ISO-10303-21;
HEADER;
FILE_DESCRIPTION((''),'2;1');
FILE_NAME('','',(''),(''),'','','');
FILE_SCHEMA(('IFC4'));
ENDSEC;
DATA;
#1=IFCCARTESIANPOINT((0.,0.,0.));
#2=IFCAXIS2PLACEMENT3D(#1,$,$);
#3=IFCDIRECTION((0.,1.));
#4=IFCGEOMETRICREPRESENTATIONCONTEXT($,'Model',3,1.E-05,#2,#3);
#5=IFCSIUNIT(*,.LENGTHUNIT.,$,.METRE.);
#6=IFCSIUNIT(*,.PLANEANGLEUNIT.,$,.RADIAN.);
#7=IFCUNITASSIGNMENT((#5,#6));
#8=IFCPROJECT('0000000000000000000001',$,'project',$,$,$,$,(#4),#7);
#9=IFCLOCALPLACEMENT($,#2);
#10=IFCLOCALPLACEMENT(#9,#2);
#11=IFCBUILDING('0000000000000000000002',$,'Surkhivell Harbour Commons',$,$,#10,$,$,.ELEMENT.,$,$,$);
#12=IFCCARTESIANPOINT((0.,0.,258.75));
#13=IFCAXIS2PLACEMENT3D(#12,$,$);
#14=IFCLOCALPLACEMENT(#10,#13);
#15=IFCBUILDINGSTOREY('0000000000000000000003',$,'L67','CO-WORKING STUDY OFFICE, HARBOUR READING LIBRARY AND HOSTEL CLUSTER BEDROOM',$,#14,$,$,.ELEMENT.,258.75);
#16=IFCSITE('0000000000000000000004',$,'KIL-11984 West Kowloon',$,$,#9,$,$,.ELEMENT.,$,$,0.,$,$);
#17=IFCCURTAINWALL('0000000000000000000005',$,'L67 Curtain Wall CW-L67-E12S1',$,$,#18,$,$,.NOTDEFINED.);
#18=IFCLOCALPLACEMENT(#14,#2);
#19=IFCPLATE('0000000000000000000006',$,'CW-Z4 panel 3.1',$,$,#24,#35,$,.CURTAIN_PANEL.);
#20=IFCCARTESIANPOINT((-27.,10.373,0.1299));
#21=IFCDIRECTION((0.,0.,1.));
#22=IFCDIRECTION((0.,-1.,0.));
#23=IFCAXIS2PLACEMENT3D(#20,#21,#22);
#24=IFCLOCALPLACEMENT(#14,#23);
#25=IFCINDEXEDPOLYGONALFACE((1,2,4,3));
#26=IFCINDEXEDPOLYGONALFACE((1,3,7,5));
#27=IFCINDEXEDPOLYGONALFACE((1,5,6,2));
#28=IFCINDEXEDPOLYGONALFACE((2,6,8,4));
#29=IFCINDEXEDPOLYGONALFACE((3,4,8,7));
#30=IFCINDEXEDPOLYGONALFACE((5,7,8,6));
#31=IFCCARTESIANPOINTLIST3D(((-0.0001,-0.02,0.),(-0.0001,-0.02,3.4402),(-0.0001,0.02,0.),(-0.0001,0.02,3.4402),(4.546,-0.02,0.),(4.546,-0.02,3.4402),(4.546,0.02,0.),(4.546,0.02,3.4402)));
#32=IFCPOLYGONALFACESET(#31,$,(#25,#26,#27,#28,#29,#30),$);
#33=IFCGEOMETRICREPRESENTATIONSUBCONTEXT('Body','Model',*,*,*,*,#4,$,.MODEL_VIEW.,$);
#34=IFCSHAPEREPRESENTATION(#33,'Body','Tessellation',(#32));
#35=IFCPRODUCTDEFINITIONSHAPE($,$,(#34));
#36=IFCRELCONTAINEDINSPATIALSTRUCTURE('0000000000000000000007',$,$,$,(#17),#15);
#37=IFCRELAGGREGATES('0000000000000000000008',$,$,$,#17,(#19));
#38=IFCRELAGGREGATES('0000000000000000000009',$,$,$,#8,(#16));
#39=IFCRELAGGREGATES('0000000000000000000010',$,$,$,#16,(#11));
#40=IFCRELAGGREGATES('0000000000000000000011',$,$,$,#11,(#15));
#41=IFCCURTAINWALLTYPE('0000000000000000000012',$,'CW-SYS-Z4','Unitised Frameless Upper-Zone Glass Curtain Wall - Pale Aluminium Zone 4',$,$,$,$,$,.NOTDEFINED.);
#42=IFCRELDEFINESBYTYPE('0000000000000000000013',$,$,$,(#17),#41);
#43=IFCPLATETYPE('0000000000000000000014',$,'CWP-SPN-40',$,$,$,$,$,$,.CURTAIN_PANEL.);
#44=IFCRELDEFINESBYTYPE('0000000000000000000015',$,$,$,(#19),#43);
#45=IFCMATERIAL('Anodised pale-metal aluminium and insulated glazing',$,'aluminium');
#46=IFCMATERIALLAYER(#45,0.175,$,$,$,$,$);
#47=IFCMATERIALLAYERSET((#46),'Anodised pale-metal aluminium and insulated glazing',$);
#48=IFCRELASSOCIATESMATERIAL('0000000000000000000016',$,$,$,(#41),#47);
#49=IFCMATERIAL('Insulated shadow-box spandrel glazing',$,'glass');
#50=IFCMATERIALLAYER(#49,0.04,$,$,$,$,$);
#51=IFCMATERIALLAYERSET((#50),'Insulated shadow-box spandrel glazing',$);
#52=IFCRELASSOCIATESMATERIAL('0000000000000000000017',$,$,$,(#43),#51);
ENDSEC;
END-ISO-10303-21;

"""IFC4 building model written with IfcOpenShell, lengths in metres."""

from ifc_helpers import new_model, si_unit, direction, frame, frame_2d, origin, place, context, subcontext, project, spatial, rectangle, extrude, material, layer, layer_set, type_object, element, aggregate, save


model = new_model("IFC4")

# Units and contexts
model_context = context("Model", 3, precision=1e-05, world=origin(), true_north=direction((0.0, 1.0)))
body_context = subcontext(model_context, "Body", "Model", "MODEL_VIEW")
ifc_project = project(units=[si_unit("LENGTHUNIT", "METRE"), si_unit("PLANEANGLEUNIT", "RADIAN")], contexts=[model_context])

# Site, building, storey
site_placement = place(None, origin())
site = spatial("IfcSite", under=ifc_project, at=site_placement, Name="KIL-11984 West Kowloon", CompositionType="ELEMENT", RefElevation=0.0)
building_placement = place(site_placement, origin())
building = spatial("IfcBuilding", under=site, at=building_placement, Name="Surkhivell Harbour Commons", CompositionType="ELEMENT")
storey_placement = place(building_placement, frame((0.0, 0.0, 258.75)))
storey = spatial("IfcBuildingStorey", under=building, at=storey_placement, Name="L67", Description="CO-WORKING STUDY OFFICE, HARBOUR READING LIBRARY AND HOSTEL CLUSTER BEDROOM", CompositionType="ELEMENT", Elevation=258.75)

# Curtain wall, plate
ifc_material_1 = material(Name="Anodised pale-metal aluminium and insulated glazing", Category="aluminium")
ifc_layer_1 = layer(ifc_material_1, 0.175)
ifc_layer_set_1 = layer_set([ifc_layer_1], Name="Anodised pale-metal aluminium and insulated glazing")
curtain_wall_type = type_object("IfcCurtainWallType", Name="CW-SYS-Z4", Description="Unitised Frameless Upper-Zone Glass Curtain Wall - Pale Aluminium Zone 4", PredefinedType="NOTDEFINED", material=ifc_layer_set_1)
curtain_wall_placement = place(storey_placement, origin())
curtain_wall = element("IfcCurtainWall", 1, at=curtain_wall_placement, inside=storey, type_object=curtain_wall_type, Name="L67 Curtain Wall CW-L67-E12S1", PredefinedType="NOTDEFINED")
ifc_material_2 = material(Name="Insulated shadow-box spandrel glazing", Category="glass")
ifc_layer_2 = layer(ifc_material_2, 0.04)
ifc_layer_set_2 = layer_set([ifc_layer_2], Name="Insulated shadow-box spandrel glazing")
plate_type = type_object("IfcPlateType", Name="CWP-SPN-40", PredefinedType="CURTAIN_PANEL", material=ifc_layer_set_2)
plate_1_placement = place(storey_placement, frame((-27.0, 10.373, 0.1299), z_axis=(0.0, 0.0, 1.0), x_axis=(0.0, -1.0, 0.0)))
plate_1 = element("IfcPlate", 2, at=plate_1_placement, type_object=plate_type, Name="CW-Z4 panel 3.1", PredefinedType="CURTAIN_PANEL", context=body_context, shape_type="SweptSolid", body=[
    extrude(rectangle(XDim=4.5461, YDim=0.04, at=frame_2d((2.2729, 0.0))), origin(), (0.0, 0.0, 1.0), 3.4402),
])
aggregate(curtain_wall, [plate_1])

save(model, "model.ifc")
